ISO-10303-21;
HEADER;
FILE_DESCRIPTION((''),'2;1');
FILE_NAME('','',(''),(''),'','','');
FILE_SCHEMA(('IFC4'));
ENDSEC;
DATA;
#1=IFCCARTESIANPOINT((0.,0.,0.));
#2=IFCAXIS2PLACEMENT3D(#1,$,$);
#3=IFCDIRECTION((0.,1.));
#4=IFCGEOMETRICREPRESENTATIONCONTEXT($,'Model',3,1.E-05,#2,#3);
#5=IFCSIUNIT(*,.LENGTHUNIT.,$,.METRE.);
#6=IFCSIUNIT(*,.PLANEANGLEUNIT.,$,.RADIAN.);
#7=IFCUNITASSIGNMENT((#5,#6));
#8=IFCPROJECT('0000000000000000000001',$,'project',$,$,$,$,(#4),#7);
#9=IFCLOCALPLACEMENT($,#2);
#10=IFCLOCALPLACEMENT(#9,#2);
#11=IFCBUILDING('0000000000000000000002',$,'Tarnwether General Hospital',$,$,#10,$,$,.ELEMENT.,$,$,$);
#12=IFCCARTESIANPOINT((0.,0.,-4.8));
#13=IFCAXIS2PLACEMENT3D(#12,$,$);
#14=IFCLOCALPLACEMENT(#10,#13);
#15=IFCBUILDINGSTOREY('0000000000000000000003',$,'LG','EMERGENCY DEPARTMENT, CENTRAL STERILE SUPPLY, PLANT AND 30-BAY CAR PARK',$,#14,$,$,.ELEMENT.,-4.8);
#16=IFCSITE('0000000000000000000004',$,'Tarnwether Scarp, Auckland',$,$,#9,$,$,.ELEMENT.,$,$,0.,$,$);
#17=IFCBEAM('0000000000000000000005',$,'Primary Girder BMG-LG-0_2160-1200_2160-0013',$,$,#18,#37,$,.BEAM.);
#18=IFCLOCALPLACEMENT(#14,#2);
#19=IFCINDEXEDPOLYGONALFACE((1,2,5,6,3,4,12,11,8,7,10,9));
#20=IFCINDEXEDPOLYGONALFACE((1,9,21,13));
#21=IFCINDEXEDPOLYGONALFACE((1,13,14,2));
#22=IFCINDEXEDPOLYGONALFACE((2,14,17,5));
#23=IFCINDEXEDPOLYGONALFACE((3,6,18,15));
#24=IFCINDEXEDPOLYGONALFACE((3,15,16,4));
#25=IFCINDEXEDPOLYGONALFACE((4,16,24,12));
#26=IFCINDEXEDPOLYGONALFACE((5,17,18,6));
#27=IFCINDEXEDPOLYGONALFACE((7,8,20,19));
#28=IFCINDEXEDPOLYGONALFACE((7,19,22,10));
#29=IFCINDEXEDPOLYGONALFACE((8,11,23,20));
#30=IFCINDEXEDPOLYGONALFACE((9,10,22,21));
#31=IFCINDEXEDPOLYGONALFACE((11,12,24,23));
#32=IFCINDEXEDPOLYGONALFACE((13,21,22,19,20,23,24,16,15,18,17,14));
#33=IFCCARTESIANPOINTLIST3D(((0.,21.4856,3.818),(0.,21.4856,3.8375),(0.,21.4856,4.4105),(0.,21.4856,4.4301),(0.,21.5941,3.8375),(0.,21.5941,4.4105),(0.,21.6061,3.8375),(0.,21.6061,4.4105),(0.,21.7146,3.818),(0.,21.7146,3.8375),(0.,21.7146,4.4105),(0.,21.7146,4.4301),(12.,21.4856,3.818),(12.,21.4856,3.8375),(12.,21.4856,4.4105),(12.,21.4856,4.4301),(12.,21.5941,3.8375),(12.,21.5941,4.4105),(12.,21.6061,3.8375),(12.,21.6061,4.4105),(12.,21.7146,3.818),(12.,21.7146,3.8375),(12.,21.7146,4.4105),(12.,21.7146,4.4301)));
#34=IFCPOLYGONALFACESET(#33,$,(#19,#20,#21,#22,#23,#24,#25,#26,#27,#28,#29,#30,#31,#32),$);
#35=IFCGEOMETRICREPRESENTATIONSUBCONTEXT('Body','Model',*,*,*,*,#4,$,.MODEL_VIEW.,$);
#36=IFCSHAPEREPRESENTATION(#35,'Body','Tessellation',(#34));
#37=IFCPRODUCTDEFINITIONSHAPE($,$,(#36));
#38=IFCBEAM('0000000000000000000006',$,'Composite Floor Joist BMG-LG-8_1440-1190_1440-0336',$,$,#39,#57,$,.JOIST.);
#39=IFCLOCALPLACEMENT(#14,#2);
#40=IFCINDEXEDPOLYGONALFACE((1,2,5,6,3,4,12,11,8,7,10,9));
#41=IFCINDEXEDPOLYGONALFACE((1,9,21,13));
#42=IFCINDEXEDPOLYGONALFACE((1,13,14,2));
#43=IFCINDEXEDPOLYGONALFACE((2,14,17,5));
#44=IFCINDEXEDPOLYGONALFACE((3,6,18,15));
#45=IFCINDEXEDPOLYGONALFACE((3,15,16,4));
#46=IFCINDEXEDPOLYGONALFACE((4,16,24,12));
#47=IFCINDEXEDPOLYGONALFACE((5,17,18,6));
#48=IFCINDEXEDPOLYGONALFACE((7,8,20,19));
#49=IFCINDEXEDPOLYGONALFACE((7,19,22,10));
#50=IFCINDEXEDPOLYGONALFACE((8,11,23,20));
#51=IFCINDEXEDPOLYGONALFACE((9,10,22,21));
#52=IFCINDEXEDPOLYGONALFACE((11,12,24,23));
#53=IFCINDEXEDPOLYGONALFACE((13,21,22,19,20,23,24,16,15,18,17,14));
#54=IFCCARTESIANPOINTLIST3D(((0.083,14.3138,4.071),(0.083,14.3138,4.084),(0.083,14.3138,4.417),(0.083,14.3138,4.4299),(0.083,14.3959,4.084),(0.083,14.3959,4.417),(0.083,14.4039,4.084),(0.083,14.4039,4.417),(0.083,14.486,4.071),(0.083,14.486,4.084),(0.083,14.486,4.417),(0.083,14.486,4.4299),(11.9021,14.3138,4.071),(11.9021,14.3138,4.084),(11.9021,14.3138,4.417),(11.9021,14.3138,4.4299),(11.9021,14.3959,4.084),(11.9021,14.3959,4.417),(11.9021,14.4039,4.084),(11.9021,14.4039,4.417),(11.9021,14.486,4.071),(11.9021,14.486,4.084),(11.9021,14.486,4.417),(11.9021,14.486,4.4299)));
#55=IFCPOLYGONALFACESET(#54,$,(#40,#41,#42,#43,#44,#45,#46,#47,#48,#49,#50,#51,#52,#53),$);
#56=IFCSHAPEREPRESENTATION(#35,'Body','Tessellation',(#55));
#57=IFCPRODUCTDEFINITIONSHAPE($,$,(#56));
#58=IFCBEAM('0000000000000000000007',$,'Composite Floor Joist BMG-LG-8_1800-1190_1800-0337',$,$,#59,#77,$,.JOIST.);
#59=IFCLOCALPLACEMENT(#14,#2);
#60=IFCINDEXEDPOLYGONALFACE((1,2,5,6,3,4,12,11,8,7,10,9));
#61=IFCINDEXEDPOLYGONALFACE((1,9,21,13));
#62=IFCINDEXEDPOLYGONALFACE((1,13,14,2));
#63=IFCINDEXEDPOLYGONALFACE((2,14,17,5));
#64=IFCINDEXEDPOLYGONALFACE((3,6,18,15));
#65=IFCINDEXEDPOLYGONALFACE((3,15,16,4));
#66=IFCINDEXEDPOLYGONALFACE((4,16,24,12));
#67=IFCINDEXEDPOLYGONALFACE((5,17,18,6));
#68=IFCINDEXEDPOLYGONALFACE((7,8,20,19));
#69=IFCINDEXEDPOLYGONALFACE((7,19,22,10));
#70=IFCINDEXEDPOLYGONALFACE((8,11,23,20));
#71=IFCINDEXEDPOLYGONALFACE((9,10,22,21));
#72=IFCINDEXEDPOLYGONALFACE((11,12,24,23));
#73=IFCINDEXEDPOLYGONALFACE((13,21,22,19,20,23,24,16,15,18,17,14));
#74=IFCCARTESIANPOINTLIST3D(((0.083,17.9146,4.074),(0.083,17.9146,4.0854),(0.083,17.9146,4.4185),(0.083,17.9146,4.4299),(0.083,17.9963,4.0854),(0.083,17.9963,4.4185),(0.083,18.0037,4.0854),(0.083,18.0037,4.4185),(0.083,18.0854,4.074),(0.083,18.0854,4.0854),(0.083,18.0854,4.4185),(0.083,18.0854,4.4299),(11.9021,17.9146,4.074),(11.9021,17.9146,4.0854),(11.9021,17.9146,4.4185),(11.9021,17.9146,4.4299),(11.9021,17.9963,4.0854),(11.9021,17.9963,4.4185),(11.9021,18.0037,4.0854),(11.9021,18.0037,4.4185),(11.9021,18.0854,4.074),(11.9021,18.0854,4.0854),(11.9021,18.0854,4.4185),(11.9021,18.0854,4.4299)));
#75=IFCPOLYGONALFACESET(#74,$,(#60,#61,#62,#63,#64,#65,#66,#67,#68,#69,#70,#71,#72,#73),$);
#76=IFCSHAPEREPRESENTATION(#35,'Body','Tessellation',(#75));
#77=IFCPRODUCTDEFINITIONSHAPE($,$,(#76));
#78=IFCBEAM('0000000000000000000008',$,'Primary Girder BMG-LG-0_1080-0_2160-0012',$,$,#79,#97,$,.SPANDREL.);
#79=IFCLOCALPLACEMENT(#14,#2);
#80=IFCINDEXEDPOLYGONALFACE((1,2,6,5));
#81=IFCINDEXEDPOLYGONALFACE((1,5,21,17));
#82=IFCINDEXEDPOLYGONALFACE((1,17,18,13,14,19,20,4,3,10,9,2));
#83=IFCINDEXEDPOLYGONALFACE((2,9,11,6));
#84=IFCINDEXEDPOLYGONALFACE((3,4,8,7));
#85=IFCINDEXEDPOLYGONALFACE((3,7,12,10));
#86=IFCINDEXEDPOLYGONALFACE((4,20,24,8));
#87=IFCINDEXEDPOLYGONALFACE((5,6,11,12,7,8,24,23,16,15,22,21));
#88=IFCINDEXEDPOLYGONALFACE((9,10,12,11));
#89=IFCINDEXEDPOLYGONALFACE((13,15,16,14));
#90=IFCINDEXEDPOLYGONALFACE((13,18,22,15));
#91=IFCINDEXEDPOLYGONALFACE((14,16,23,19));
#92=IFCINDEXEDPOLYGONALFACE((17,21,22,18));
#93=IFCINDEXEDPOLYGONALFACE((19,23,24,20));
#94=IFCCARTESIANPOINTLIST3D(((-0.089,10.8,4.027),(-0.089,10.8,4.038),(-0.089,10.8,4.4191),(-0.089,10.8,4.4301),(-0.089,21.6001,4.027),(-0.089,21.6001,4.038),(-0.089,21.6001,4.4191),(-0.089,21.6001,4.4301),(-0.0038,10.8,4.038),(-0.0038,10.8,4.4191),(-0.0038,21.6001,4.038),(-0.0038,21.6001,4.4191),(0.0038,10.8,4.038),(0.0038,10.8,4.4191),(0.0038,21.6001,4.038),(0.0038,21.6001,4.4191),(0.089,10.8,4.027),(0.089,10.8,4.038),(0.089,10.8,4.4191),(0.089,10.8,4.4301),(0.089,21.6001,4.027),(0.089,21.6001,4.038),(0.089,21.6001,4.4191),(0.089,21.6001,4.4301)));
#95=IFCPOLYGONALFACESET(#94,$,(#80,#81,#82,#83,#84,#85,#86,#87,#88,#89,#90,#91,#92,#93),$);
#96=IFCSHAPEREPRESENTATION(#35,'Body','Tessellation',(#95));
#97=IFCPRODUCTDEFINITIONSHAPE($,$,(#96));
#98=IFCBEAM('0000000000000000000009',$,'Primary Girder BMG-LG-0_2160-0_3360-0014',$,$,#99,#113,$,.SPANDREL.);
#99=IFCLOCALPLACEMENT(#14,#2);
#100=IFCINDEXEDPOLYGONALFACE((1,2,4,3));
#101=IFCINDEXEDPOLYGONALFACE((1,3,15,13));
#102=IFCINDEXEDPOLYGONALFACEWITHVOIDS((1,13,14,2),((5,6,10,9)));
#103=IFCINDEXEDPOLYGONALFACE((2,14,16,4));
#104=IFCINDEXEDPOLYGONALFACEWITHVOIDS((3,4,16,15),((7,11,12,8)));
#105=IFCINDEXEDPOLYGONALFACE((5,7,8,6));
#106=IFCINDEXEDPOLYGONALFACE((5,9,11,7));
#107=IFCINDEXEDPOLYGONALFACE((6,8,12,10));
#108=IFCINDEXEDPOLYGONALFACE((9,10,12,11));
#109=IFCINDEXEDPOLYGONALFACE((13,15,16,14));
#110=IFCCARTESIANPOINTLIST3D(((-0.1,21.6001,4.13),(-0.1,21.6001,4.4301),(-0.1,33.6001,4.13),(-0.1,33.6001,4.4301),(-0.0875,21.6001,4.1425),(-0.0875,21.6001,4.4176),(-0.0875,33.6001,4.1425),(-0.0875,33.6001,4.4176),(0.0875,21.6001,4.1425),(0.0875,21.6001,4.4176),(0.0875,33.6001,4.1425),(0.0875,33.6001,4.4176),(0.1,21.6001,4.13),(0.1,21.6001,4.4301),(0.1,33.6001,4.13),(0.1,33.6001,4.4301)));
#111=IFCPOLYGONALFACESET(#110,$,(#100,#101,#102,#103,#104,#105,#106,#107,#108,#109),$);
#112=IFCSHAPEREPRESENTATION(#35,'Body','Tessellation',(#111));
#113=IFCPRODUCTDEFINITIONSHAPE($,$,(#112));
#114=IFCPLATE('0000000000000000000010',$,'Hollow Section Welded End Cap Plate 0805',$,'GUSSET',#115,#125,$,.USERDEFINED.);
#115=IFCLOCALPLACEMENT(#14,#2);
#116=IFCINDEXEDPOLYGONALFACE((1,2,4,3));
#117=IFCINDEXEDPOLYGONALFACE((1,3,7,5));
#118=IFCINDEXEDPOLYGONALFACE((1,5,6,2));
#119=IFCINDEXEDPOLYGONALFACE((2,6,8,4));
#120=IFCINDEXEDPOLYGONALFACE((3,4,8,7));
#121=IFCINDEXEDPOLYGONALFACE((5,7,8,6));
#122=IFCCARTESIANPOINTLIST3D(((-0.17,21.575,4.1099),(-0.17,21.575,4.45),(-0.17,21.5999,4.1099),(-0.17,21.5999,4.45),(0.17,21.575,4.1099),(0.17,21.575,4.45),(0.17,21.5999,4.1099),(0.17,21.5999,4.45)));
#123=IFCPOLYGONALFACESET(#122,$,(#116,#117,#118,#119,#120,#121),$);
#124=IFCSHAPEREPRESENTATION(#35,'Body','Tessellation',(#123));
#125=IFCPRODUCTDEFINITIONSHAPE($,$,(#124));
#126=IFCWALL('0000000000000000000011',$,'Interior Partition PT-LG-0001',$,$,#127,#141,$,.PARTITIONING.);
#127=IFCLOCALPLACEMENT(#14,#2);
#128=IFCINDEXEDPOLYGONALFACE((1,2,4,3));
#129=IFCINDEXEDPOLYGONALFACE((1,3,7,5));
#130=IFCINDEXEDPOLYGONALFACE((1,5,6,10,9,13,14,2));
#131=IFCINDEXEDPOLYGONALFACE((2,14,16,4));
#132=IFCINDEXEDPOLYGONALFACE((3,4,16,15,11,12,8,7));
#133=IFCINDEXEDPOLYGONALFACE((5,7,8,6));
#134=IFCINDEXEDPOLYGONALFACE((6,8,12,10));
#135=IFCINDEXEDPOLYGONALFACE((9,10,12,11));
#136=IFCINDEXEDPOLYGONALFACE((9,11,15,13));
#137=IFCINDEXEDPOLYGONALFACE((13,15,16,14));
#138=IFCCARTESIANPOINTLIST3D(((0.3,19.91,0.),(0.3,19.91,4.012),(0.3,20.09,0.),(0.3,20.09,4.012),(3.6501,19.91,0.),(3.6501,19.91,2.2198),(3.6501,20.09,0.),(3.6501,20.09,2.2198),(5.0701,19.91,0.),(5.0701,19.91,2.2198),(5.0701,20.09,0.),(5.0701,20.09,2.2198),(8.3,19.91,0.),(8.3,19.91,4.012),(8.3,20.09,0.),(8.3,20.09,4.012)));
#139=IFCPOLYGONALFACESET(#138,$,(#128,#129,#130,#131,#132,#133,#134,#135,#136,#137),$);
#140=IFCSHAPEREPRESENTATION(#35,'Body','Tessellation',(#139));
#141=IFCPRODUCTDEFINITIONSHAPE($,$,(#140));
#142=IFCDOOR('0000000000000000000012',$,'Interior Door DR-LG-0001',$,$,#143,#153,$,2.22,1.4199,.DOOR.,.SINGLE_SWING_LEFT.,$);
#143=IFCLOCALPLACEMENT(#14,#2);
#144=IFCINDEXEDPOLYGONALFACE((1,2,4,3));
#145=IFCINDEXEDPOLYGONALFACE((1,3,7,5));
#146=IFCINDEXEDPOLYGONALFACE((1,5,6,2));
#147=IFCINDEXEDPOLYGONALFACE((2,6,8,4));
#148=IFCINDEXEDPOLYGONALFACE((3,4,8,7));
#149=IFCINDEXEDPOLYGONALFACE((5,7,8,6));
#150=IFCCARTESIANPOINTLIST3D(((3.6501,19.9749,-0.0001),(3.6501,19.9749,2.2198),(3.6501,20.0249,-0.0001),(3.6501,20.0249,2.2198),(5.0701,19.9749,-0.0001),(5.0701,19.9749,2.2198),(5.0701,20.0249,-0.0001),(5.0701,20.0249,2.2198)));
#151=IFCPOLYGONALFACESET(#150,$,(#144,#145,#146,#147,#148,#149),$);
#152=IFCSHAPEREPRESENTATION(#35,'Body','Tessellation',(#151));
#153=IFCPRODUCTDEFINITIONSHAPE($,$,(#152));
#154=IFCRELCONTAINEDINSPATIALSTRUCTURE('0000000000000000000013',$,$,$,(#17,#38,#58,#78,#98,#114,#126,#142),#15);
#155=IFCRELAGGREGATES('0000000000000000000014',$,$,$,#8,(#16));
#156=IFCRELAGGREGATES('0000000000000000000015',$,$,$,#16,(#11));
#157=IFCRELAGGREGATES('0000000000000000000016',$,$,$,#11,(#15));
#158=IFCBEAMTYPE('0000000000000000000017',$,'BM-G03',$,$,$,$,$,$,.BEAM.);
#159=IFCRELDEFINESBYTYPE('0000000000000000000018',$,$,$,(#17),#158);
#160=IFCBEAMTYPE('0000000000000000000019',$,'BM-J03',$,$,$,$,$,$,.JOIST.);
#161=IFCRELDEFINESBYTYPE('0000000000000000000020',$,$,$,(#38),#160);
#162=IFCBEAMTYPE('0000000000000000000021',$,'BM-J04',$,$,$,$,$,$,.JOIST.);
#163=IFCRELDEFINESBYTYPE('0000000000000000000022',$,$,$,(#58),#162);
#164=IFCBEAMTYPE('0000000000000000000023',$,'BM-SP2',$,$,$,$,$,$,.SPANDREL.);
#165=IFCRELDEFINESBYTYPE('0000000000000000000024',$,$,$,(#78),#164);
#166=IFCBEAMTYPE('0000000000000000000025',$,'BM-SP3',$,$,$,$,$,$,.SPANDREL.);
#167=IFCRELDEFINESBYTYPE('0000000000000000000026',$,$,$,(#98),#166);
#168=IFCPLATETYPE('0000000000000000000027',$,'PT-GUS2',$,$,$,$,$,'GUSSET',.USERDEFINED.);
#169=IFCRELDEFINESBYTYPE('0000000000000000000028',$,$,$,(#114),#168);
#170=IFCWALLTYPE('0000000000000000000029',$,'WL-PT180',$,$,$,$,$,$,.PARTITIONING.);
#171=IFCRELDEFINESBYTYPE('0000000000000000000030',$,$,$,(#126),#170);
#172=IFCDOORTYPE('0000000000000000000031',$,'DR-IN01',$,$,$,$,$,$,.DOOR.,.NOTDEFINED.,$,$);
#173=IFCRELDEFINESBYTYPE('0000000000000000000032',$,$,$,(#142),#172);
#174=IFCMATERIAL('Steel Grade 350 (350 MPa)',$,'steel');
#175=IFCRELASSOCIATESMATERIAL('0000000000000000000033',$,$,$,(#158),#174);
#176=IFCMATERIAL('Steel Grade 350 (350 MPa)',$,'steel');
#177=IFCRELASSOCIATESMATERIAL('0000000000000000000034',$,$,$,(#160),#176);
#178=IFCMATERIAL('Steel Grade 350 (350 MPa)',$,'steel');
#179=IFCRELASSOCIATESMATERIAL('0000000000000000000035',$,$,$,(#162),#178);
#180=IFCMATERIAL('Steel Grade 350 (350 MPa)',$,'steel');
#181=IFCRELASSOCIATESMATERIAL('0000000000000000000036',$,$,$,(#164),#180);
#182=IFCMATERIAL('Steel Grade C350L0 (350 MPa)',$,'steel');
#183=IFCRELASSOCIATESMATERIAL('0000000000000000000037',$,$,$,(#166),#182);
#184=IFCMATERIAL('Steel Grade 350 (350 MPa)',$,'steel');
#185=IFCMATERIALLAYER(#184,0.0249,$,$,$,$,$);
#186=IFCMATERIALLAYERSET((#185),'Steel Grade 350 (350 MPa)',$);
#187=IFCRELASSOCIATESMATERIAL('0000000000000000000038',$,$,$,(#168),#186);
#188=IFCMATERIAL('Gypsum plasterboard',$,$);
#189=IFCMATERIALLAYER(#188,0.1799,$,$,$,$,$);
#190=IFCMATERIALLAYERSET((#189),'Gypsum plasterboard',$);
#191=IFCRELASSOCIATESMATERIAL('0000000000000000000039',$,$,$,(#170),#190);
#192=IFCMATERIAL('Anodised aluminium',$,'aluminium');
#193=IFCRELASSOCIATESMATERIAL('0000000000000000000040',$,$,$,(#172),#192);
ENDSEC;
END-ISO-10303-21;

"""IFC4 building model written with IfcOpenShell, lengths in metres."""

from ifc_helpers import new_model, si_unit, direction, frame, frame_2d, origin, origin_2d, place, context, subcontext, project, spatial, rectangle, hollow_rectangle, i_section, extrude, material, layer, layer_set, material_profile, profile_set, type_object, element, fill, save


model = new_model("IFC4")

# Units and contexts
model_context = context("Model", 3, precision=1e-05, world=origin(), true_north=direction((0.0, 1.0)))
body_context = subcontext(model_context, "Body", "Model", "MODEL_VIEW")
ifc_project = project(units=[si_unit("LENGTHUNIT", "METRE"), si_unit("PLANEANGLEUNIT", "RADIAN")], contexts=[model_context])

# Site, building, storey
site_placement = place(None, origin())
site = spatial("IfcSite", under=ifc_project, at=site_placement, Name="Tarnwether Scarp, Auckland", CompositionType="ELEMENT", RefElevation=0.0)
building_placement = place(site_placement, origin())
building = spatial("IfcBuilding", under=site, at=building_placement, Name="Tarnwether General Hospital", CompositionType="ELEMENT")
storey_placement = place(building_placement, frame((0.0, 0.0, -4.8)))
storey = spatial("IfcBuildingStorey", under=building, at=storey_placement, Name="LG", Description="EMERGENCY DEPARTMENT, CENTRAL STERILE SUPPLY, PLANT AND 30-BAY CAR PARK", CompositionType="ELEMENT", Elevation=-4.8)

# Beams
ifc_material_1 = material(Name="Steel Grade 350 (350 MPa)", Category="steel")
ifc_material_profile_1 = material_profile(ifc_material_1, i_section(OverallWidth=0.229, OverallDepth=0.6121, WebThickness=0.012, FlangeThickness=0.0195, at=origin_2d()), Name="610UB125")
ifc_profile_set_1 = profile_set([ifc_material_profile_1], Name="Steel Grade 350 (350 MPa)")
beam_type_1 = type_object("IfcBeamType", Name="BM-G03", PredefinedType="BEAM", material=ifc_profile_set_1)
beam_1_placement = place(storey_placement, frame((0.0, 21.6001, 4.124), z_axis=(1.0, 0.0, 0.0), x_axis=(0.0, 1.0, 0.0)))
element("IfcBeam", 1, at=beam_1_placement, inside=storey, type_object=beam_type_1, Name="Primary Girder BMG-LG-0_2160-1200_2160-0013", PredefinedType="BEAM", context=body_context, shape_type="SweptSolid", body=[
    extrude(i_section(OverallWidth=0.229, OverallDepth=0.6121, WebThickness=0.012, FlangeThickness=0.0195, at=origin_2d()), origin(), (0.0, 0.0, 1.0), 12.0),
])
ifc_material_2 = material(Name="Steel Grade 350 (350 MPa)", Category="steel")
ifc_material_profile_2 = material_profile(ifc_material_2, i_section(OverallWidth=0.1721, OverallDepth=0.3589, WebThickness=0.0081, FlangeThickness=0.0129, at=origin_2d()), Name="360UB56.7")
ifc_profile_set_2 = profile_set([ifc_material_profile_2], Name="Steel Grade 350 (350 MPa)")
beam_type_2 = type_object("IfcBeamType", Name="BM-J03", PredefinedType="JOIST", material=ifc_profile_set_2)
beam_2_placement = place(storey_placement, frame((0.083, 14.3999, 4.2505), z_axis=(1.0, 0.0, 0.0), x_axis=(0.0, 1.0, 0.0)))
element("IfcBeam", 2, at=beam_2_placement, inside=storey, type_object=beam_type_2, Name="Composite Floor Joist BMG-LG-8_1440-1190_1440-0336", PredefinedType="JOIST", context=body_context, shape_type="SweptSolid", body=[
    extrude(i_section(OverallWidth=0.1721, OverallDepth=0.3589, WebThickness=0.0081, FlangeThickness=0.0129, at=origin_2d()), origin(), (0.0, 0.0, 1.0), 11.8191),
])
ifc_material_3 = material(Name="Steel Grade 350 (350 MPa)", Category="steel")
ifc_material_profile_3 = material_profile(ifc_material_3, i_section(OverallWidth=0.1709, OverallDepth=0.356, WebThickness=0.0073, FlangeThickness=0.0115, at=origin_2d()), Name="360UB50.7")
ifc_profile_set_3 = profile_set([ifc_material_profile_3], Name="Steel Grade 350 (350 MPa)")
beam_type_3 = type_object("IfcBeamType", Name="BM-J04", PredefinedType="JOIST", material=ifc_profile_set_3)
beam_3_placement = place(storey_placement, frame((0.083, 18.0, 4.252), z_axis=(1.0, 0.0, 0.0), x_axis=(0.0, 1.0, 0.0)))
element("IfcBeam", 3, at=beam_3_placement, inside=storey, type_object=beam_type_3, Name="Composite Floor Joist BMG-LG-8_1800-1190_1800-0337", PredefinedType="JOIST", context=body_context, shape_type="SweptSolid", body=[
    extrude(i_section(OverallWidth=0.1709, OverallDepth=0.356, WebThickness=0.0073, FlangeThickness=0.0115, at=origin_2d()), origin(), (0.0, 0.0, 1.0), 11.8191),
])
ifc_material_4 = material(Name="Steel Grade 350 (350 MPa)", Category="steel")
ifc_material_profile_4 = material_profile(ifc_material_4, i_section(OverallWidth=0.178, OverallDepth=0.4031, WebThickness=0.0076, FlangeThickness=0.011, at=origin_2d()), Name="410UB53.7")
ifc_profile_set_4 = profile_set([ifc_material_profile_4], Name="Steel Grade 350 (350 MPa)")
beam_type_4 = type_object("IfcBeamType", Name="BM-SP2", PredefinedType="SPANDREL", material=ifc_profile_set_4)
beam_4_placement = place(storey_placement, frame((0.0, 10.8, 4.2285), z_axis=(0.0, 1.0, 0.0), x_axis=(-1.0, 0.0, 0.0)))
element("IfcBeam", 4, at=beam_4_placement, inside=storey, type_object=beam_type_4, Name="Primary Girder BMG-LG-0_1080-0_2160-0012", PredefinedType="SPANDREL", context=body_context, shape_type="SweptSolid", body=[
    extrude(i_section(OverallWidth=0.178, OverallDepth=0.4031, WebThickness=0.0076, FlangeThickness=0.011, at=origin_2d()), origin(), (0.0, 0.0, 1.0), 10.8),
])
ifc_material_5 = material(Name="Steel Grade C350L0 (350 MPa)", Category="steel")
ifc_material_profile_5 = material_profile(ifc_material_5, hollow_rectangle(XDim=0.2, YDim=0.3, WallThickness=0.0125, at=origin_2d()), Name="RHS300x200x12.5")
ifc_profile_set_5 = profile_set([ifc_material_profile_5], Name="Steel Grade C350L0 (350 MPa)")
beam_type_5 = type_object("IfcBeamType", Name="BM-SP3", PredefinedType="SPANDREL", material=ifc_profile_set_5)
beam_5_placement = place(storey_placement, frame((0.0, 21.6001, 4.28), z_axis=(0.0, 1.0, 0.0), x_axis=(-1.0, 0.0, 0.0)))
element("IfcBeam", 5, at=beam_5_placement, inside=storey, type_object=beam_type_5, Name="Primary Girder BMG-LG-0_2160-0_3360-0014", PredefinedType="SPANDREL", context=body_context, shape_type="SweptSolid", body=[
    extrude(hollow_rectangle(XDim=0.2, YDim=0.3, WallThickness=0.0125, at=origin_2d()), origin(), (0.0, 0.0, 1.0), 12.0),
])

# Plate
ifc_material_6 = material(Name="Steel Grade 350 (350 MPa)", Category="steel")
ifc_layer_1 = layer(ifc_material_6, 0.0249)
ifc_layer_set_1 = layer_set([ifc_layer_1], Name="Steel Grade 350 (350 MPa)")
plate_type = type_object("IfcPlateType", Name="PT-GUS2", ElementType="GUSSET", PredefinedType="USERDEFINED", material=ifc_layer_set_1)
plate_placement = place(storey_placement, frame((0.0, 21.5874, 4.1099), z_axis=(0.0, 0.0, 1.0), x_axis=(0.0, 1.0, 0.0)))
element("IfcPlate", 6, at=plate_placement, inside=storey, type_object=plate_type, Name="Hollow Section Welded End Cap Plate 0805", ObjectType="GUSSET", PredefinedType="USERDEFINED", context=body_context, shape_type="SweptSolid", body=[
    extrude(rectangle(XDim=0.0249, YDim=0.3401, at=origin_2d()), origin(), (0.0, 0.0, 1.0), 0.3401),
])

# Wall, opening, door
ifc_material_7 = material(Name="Gypsum plasterboard")
ifc_layer_2 = layer(ifc_material_7, 0.1799)
ifc_layer_set_2 = layer_set([ifc_layer_2], Name="Gypsum plasterboard")
wall_type = type_object("IfcWallType", Name="WL-PT180", PredefinedType="PARTITIONING", material=ifc_layer_set_2)
wall_1_placement = place(storey_placement, frame((0.3, 20.0, 0.0), z_axis=(0.0, 0.0, 1.0), x_axis=(1.0, 0.0, 0.0)))
wall_1 = element("IfcWall", 7, at=wall_1_placement, inside=storey, type_object=wall_type, Name="Interior Partition PT-LG-0001", PredefinedType="PARTITIONING", context=body_context, shape_type="SweptSolid", body=[
    extrude(rectangle(XDim=8.0, YDim=0.1799, at=frame_2d((4.0, 0.0))), origin(), (0.0, 0.0, 1.0), 4.012),
])
opening_1_placement = place(wall_1_placement, frame((3.3501, 0.0, 0.0)))
opening_1 = element("IfcOpeningElement", 8, at=opening_1_placement, cuts=wall_1, PredefinedType="OPENING", context=body_context, shape_type="SweptSolid", body=[
    extrude(rectangle(XDim=1.4199, YDim=2.22, at=frame_2d((0.71, 1.1099))), frame((0.0, 0.1001, 0.0), z_axis=(0.0, -1.0, 0.0), x_axis=(1.0, 0.0, 0.0)), (0.0, 0.0, 1.0), 0.2),
])
ifc_material_8 = material(Name="Anodised aluminium", Category="aluminium")
door_type_1 = type_object("IfcDoorType", Name="DR-IN01", OperationType="NOTDEFINED", PredefinedType="DOOR", material=ifc_material_8)
door_1_placement = place(opening_1_placement, origin())
door_1 = element("IfcDoor", 9, at=door_1_placement, inside=storey, type_object=door_type_1, Name="Interior Door DR-LG-0001", OperationType="SINGLE_SWING_LEFT", OverallHeight=2.22, OverallWidth=1.4199, PredefinedType="DOOR", context=body_context, shape_type="SweptSolid", body=[
    extrude(rectangle(XDim=1.4199, YDim=2.22, at=frame_2d((0.71, 1.1099))), frame((0.0, 0.0249, 0.0), z_axis=(0.0, -1.0, 0.0), x_axis=(1.0, 0.0, 0.0)), (0.0, 0.0, 1.0), 0.05),
])
fill(opening_1, door_1)

save(model, "model.ifc")
